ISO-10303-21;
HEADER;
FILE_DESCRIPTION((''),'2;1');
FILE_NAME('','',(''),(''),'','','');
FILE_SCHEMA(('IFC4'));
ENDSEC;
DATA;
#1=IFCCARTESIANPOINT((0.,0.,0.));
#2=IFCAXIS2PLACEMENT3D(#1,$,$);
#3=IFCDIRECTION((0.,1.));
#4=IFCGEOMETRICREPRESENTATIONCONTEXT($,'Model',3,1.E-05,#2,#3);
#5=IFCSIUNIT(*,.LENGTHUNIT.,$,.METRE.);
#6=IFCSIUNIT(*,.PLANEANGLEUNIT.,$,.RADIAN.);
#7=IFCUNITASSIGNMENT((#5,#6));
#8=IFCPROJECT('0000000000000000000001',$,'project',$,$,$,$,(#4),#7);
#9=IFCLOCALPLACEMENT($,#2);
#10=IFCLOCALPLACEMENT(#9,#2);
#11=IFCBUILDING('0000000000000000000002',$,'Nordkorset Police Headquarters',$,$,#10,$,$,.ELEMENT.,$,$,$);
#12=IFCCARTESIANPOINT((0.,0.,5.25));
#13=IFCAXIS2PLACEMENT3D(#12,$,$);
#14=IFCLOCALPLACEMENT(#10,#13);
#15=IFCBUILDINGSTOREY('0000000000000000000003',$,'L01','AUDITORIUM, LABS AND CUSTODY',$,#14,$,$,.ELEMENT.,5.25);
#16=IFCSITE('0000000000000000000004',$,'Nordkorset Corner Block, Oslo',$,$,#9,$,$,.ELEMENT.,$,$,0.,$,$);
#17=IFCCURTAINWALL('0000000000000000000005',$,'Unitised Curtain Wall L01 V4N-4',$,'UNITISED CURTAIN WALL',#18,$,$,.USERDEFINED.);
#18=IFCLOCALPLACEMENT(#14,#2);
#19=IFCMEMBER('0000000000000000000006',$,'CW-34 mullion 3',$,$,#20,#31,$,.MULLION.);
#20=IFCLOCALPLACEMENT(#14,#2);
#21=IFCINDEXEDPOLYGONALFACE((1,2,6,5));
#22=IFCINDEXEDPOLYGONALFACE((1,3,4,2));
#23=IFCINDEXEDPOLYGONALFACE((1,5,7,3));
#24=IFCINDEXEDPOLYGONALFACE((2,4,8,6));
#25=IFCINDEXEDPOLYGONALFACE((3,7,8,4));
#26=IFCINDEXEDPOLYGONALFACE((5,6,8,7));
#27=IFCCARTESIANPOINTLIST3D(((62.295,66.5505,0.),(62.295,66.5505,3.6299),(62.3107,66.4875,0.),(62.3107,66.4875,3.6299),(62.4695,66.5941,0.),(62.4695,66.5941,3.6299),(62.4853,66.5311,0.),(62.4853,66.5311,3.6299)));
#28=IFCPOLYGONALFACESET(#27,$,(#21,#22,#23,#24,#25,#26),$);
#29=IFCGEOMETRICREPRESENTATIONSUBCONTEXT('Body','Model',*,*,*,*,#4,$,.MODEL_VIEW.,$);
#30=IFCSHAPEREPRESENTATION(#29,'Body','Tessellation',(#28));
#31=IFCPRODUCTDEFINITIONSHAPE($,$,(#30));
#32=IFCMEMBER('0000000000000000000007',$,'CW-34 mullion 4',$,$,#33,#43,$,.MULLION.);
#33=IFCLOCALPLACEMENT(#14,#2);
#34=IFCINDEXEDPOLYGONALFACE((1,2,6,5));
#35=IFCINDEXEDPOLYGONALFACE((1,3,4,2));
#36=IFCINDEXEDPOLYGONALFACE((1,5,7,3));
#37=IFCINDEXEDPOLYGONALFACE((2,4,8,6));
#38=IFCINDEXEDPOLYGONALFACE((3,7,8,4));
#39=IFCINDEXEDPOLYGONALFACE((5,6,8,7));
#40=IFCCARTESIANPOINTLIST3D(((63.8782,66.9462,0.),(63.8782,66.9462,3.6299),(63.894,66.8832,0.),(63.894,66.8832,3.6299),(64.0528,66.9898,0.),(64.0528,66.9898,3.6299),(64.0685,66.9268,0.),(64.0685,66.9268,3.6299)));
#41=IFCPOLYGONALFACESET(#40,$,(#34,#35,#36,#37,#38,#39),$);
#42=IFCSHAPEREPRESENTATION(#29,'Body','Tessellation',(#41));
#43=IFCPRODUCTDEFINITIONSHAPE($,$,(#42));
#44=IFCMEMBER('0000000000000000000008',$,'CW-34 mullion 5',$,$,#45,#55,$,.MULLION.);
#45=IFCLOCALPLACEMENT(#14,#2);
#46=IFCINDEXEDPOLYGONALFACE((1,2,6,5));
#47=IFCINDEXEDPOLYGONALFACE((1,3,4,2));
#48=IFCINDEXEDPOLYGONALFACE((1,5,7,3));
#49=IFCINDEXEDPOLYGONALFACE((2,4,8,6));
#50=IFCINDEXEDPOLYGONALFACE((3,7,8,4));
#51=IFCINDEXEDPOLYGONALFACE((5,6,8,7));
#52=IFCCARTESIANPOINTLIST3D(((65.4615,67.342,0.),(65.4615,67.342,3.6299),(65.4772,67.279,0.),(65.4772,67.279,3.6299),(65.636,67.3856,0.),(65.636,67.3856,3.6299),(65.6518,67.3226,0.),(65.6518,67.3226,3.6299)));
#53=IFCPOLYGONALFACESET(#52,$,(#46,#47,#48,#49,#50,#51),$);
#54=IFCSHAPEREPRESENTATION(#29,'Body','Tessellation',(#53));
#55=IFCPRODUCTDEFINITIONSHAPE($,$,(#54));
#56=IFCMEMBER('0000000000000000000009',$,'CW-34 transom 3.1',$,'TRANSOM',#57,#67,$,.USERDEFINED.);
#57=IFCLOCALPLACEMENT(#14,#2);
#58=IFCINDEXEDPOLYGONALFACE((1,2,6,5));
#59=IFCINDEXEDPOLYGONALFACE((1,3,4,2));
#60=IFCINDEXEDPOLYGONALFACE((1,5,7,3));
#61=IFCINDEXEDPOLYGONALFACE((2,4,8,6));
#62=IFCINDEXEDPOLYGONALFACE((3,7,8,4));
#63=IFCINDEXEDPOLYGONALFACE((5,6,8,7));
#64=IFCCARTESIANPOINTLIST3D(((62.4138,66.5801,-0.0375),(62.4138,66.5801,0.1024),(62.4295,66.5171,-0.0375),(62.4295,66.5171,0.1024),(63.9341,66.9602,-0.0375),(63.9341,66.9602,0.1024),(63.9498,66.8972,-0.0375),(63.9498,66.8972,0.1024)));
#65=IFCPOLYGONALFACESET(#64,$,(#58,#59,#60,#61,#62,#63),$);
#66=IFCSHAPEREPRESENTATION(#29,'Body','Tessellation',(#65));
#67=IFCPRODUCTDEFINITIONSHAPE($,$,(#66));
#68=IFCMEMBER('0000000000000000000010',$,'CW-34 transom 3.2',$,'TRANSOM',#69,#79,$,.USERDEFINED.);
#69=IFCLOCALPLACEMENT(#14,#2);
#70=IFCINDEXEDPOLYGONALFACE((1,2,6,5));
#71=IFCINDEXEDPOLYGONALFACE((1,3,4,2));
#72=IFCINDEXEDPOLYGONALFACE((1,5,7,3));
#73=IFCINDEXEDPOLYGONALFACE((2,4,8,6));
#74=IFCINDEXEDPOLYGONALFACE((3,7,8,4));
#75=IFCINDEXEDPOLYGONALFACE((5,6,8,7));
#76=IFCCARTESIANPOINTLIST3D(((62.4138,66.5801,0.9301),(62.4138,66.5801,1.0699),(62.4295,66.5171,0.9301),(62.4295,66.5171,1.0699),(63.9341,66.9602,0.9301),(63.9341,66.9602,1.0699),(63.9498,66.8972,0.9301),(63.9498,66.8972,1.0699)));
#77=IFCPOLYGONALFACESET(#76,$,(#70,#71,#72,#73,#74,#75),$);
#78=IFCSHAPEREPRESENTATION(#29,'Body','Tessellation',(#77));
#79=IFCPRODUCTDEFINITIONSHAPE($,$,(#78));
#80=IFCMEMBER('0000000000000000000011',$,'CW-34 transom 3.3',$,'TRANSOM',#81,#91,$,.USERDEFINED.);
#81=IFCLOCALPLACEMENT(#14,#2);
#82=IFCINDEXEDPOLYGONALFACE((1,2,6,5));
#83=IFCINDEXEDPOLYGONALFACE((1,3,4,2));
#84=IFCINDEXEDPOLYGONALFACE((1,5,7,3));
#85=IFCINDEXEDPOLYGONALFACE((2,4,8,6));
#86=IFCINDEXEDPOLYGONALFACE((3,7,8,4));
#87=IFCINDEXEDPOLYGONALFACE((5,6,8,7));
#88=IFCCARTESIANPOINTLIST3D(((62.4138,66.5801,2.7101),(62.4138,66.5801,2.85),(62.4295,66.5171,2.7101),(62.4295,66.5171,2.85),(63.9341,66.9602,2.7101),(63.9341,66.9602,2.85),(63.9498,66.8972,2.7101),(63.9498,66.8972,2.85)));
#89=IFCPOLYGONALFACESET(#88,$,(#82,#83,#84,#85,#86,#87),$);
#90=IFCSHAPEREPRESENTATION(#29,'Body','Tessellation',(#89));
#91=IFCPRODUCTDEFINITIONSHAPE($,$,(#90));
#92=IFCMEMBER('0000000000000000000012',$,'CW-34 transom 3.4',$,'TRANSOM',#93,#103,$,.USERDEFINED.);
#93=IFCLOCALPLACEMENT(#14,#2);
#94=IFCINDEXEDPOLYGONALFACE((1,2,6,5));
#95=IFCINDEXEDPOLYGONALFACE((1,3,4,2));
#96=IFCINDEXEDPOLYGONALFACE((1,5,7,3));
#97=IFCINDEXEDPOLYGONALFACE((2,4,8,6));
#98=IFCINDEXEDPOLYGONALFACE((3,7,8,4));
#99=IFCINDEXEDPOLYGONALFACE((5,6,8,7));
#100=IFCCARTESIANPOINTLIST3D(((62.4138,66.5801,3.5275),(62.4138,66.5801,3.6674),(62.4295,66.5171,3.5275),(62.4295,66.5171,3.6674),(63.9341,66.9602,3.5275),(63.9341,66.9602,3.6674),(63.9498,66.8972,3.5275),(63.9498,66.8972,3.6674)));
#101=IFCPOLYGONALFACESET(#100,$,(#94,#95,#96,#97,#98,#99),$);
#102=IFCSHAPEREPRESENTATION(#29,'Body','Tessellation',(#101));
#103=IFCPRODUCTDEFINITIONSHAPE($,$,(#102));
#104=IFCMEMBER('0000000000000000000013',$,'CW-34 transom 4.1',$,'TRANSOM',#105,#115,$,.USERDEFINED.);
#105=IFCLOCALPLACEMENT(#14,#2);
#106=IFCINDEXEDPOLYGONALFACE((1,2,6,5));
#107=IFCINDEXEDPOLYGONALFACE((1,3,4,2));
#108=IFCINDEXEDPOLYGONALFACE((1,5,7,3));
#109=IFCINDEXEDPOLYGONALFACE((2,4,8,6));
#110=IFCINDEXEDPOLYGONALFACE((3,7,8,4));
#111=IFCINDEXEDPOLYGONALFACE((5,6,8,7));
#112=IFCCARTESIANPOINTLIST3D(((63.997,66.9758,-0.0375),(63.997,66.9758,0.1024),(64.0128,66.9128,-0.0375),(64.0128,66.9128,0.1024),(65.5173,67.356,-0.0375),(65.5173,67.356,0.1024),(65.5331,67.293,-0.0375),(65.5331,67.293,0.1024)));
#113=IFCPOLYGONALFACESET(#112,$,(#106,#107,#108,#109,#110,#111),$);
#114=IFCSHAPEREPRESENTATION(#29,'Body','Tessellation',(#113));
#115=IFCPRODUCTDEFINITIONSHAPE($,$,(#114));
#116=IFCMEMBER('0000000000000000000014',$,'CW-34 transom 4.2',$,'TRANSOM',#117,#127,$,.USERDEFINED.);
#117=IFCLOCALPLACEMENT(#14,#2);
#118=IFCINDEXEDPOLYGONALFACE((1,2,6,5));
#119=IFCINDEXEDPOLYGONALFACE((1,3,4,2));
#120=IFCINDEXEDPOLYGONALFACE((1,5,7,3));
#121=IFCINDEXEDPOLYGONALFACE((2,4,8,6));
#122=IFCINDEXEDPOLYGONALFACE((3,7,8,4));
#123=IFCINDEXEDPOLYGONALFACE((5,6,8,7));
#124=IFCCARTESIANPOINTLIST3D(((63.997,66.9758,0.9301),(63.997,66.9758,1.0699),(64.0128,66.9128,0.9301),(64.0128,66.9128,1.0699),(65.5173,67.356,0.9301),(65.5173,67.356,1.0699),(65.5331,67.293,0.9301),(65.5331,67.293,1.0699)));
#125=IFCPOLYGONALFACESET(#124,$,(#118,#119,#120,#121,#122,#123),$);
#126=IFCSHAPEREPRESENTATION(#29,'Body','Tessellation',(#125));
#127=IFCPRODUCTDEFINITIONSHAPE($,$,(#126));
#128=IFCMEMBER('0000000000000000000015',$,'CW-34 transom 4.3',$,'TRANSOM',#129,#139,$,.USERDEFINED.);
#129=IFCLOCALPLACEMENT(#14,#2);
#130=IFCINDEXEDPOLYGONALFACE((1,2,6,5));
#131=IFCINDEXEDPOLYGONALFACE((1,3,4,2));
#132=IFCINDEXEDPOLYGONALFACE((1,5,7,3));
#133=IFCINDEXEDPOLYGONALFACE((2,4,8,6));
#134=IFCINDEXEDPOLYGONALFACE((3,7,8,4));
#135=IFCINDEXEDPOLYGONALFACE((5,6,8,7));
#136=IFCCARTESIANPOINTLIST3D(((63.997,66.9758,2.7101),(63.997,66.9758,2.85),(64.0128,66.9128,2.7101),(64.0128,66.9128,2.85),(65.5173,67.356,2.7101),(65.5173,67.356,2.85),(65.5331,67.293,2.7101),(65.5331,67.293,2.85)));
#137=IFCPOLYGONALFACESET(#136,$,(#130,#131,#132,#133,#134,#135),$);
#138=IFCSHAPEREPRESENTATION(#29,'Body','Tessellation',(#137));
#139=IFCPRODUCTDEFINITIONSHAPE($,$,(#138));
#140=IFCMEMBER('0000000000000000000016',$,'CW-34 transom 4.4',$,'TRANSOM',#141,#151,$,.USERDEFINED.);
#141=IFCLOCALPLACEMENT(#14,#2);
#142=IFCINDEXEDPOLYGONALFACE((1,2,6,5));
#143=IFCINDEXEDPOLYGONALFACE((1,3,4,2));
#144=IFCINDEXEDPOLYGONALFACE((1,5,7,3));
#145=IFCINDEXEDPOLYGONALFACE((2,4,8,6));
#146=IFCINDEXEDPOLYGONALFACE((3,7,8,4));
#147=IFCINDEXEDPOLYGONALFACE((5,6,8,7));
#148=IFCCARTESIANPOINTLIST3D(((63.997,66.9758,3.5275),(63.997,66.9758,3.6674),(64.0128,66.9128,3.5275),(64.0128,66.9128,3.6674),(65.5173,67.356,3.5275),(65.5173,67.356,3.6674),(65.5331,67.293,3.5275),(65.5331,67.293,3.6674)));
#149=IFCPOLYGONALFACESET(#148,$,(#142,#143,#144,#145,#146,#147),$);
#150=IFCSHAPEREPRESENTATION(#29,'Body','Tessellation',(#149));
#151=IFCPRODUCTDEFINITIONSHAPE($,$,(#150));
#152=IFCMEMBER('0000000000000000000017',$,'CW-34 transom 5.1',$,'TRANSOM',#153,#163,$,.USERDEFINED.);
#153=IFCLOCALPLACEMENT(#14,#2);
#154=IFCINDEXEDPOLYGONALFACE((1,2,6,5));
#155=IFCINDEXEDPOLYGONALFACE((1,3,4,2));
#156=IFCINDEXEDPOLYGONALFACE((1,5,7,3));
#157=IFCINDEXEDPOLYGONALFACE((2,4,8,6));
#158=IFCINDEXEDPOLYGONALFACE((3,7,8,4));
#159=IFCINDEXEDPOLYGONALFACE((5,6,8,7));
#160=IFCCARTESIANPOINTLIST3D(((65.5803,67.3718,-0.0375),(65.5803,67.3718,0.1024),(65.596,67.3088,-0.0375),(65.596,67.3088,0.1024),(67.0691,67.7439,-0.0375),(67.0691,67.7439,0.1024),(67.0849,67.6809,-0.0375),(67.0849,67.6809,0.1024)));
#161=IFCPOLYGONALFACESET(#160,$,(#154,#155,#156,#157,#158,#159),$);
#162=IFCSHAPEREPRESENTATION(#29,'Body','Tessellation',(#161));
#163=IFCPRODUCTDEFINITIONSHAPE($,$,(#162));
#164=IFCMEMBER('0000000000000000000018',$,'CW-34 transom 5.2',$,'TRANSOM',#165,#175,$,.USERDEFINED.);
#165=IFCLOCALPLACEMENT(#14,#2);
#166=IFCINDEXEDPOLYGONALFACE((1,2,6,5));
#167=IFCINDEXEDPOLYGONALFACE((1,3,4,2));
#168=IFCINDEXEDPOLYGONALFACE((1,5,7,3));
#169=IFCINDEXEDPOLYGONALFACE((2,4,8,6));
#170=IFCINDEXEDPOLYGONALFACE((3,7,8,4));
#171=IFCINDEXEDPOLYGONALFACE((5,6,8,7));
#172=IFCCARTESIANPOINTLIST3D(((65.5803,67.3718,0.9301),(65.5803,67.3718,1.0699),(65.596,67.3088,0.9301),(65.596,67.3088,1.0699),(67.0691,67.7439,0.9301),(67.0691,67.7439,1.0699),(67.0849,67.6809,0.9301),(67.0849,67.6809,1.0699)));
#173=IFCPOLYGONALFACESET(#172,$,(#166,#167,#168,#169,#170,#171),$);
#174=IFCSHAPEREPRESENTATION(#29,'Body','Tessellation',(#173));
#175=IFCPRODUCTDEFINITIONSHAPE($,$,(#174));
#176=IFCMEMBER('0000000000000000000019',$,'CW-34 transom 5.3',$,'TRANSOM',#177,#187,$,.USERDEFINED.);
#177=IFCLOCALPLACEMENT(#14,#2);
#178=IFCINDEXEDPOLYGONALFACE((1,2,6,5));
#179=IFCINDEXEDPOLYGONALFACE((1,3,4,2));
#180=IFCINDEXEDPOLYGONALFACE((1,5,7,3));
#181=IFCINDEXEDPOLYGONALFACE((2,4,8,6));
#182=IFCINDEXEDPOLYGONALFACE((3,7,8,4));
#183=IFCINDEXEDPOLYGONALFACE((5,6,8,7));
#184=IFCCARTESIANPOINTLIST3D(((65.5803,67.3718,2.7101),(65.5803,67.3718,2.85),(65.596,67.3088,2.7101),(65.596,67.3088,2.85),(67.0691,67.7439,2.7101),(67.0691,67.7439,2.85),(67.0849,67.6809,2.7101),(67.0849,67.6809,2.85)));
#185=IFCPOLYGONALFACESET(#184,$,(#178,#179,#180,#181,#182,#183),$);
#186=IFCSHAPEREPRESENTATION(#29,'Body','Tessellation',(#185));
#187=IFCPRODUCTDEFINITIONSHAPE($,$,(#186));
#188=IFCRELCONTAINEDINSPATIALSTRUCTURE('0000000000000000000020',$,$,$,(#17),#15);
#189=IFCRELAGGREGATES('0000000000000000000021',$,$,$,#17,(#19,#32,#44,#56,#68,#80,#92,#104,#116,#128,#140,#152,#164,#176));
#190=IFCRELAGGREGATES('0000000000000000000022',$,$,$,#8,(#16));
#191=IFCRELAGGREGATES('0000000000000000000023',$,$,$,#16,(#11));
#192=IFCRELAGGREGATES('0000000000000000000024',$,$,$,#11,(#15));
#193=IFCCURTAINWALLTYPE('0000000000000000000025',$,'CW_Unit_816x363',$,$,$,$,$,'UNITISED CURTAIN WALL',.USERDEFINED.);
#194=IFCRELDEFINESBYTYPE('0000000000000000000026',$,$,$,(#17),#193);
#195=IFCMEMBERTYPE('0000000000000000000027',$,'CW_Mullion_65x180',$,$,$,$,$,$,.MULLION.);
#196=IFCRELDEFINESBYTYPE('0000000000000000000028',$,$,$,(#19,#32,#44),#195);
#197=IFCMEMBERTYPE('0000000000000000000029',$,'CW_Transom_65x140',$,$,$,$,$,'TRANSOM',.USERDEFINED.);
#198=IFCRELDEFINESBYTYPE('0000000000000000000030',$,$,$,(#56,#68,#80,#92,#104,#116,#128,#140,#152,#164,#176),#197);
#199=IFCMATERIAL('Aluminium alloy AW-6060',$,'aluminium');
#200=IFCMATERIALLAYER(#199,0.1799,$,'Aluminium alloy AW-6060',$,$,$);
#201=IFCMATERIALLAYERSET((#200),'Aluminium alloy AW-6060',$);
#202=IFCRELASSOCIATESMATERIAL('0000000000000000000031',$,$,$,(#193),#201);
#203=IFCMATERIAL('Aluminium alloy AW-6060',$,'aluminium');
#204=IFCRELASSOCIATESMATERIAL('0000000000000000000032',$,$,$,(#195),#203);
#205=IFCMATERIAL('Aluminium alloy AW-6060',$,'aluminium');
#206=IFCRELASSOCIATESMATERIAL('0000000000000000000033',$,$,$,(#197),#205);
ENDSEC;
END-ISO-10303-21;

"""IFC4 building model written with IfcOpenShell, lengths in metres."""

from ifc_helpers import new_model, si_unit, direction, frame, origin, origin_2d, place, context, subcontext, project, spatial, rectangle, extrude, material, layer, layer_set, material_profile, profile_set, type_object, element, aggregate, save


model = new_model("IFC4")

# Units and contexts
model_context = context("Model", 3, precision=1e-05, world=origin(), true_north=direction((0.0, 1.0)))
body_context = subcontext(model_context, "Body", "Model", "MODEL_VIEW")
ifc_project = project(units=[si_unit("LENGTHUNIT", "METRE"), si_unit("PLANEANGLEUNIT", "RADIAN")], contexts=[model_context])

# Site, building, storey
site_placement = place(None, origin())
site = spatial("IfcSite", under=ifc_project, at=site_placement, Name="Nordkorset Corner Block, Oslo", CompositionType="ELEMENT", RefElevation=0.0)
building_placement = place(site_placement, origin())
building = spatial("IfcBuilding", under=site, at=building_placement, Name="Nordkorset Police Headquarters", CompositionType="ELEMENT")
storey_placement = place(building_placement, frame((0.0, 0.0, 5.25)))
storey = spatial("IfcBuildingStorey", under=building, at=storey_placement, Name="L01", Description="AUDITORIUM, LABS AND CUSTODY", CompositionType="ELEMENT", Elevation=5.25)

# Curtain wall, members
ifc_material_1 = material(Name="Aluminium alloy AW-6060", Category="aluminium")
ifc_layer_1 = layer(ifc_material_1, 0.1799, Name="Aluminium alloy AW-6060")
ifc_layer_set_1 = layer_set([ifc_layer_1], Name="Aluminium alloy AW-6060")
curtain_wall_type = type_object("IfcCurtainWallType", Name="CW_Unit_816x363", ElementType="UNITISED CURTAIN WALL", PredefinedType="USERDEFINED", material=ifc_layer_set_1)
curtain_wall_placement = place(storey_placement, origin())
curtain_wall = element("IfcCurtainWall", 1, at=curtain_wall_placement, inside=storey, type_object=curtain_wall_type, Name="Unitised Curtain Wall L01 V4N-4", ObjectType="UNITISED CURTAIN WALL", PredefinedType="USERDEFINED")
ifc_material_2 = material(Name="Aluminium alloy AW-6060", Category="aluminium")
ifc_material_profile_1 = material_profile(ifc_material_2, rectangle(XDim=0.0649, YDim=0.1799, at=origin_2d()), Name="ALU MULL 65x180")
ifc_profile_set_1 = profile_set([ifc_material_profile_1], Name="Aluminium alloy AW-6060")
member_type_1 = type_object("IfcMemberType", Name="CW_Mullion_65x180", PredefinedType="MULLION", material=ifc_profile_set_1)
member_1_placement = place(storey_placement, frame((62.3901, 66.5408, 0.0), z_axis=(0.0, 0.0, 1.0), x_axis=(-0.242535, 0.970143, 0.0)))
member_1 = element("IfcMember", 2, at=member_1_placement, type_object=member_type_1, Name="CW-34 mullion 3", PredefinedType="MULLION", context=body_context, shape_type="SweptSolid", body=[
    extrude(rectangle(XDim=0.0649, YDim=0.1799, at=origin_2d()), origin(), (0.0, 0.0, 1.0), 3.6299),
])
member_2_placement = place(storey_placement, frame((63.9734, 66.9365, 0.0), z_axis=(0.0, 0.0, 1.0), x_axis=(-0.242535, 0.970143, 0.0)))
member_2 = element("IfcMember", 3, at=member_2_placement, type_object=member_type_1, Name="CW-34 mullion 4", PredefinedType="MULLION", context=body_context, shape_type="SweptSolid", body=[
    extrude(rectangle(XDim=0.0649, YDim=0.1799, at=origin_2d()), origin(), (0.0, 0.0, 1.0), 3.6299),
])
member_3_placement = place(storey_placement, frame((65.5566, 67.3323, 0.0), z_axis=(0.0, 0.0, 1.0), x_axis=(-0.242535, 0.970143, 0.0)))
member_3 = element("IfcMember", 4, at=member_3_placement, type_object=member_type_1, Name="CW-34 mullion 5", PredefinedType="MULLION", context=body_context, shape_type="SweptSolid", body=[
    extrude(rectangle(XDim=0.0649, YDim=0.1799, at=origin_2d()), origin(), (0.0, 0.0, 1.0), 3.6299),
])
ifc_material_3 = material(Name="Aluminium alloy AW-6060", Category="aluminium")
ifc_material_profile_2 = material_profile(ifc_material_3, rectangle(XDim=0.0649, YDim=0.1399, at=origin_2d()), Name="ALU TRAN 65x140")
ifc_profile_set_2 = profile_set([ifc_material_profile_2], Name="Aluminium alloy AW-6060")
member_type_2 = type_object("IfcMemberType", Name="CW_Transom_65x140", ElementType="TRANSOM", PredefinedType="USERDEFINED", material=ifc_profile_set_2)
member_4_placement = place(storey_placement, frame((62.4216, 66.5486, 0.0325), z_axis=(0.970133, 0.242572, 0.0), x_axis=(-0.242572, 0.970133, 0.0)))
member_4 = element("IfcMember", 5, at=member_4_placement, type_object=member_type_2, Name="CW-34 transom 3.1", ObjectType="TRANSOM", PredefinedType="USERDEFINED", context=body_context, shape_type="SweptSolid", body=[
    extrude(rectangle(XDim=0.0649, YDim=0.1399, at=origin_2d()), origin(), (0.0, 0.0, 1.0), 1.5671),
])
member_5_placement = place(storey_placement, frame((62.4216, 66.5486, 1.0), z_axis=(0.970133, 0.242572, 0.0), x_axis=(-0.242572, 0.970133, 0.0)))
member_5 = element("IfcMember", 6, at=member_5_placement, type_object=member_type_2, Name="CW-34 transom 3.2", ObjectType="TRANSOM", PredefinedType="USERDEFINED", context=body_context, shape_type="SweptSolid", body=[
    extrude(rectangle(XDim=0.0649, YDim=0.1399, at=origin_2d()), origin(), (0.0, 0.0, 1.0), 1.5671),
])
member_6_placement = place(storey_placement, frame((62.4216, 66.5486, 2.78), z_axis=(0.970133, 0.242572, 0.0), x_axis=(-0.242572, 0.970133, 0.0)))
member_6 = element("IfcMember", 7, at=member_6_placement, type_object=member_type_2, Name="CW-34 transom 3.3", ObjectType="TRANSOM", PredefinedType="USERDEFINED", context=body_context, shape_type="SweptSolid", body=[
    extrude(rectangle(XDim=0.0649, YDim=0.1399, at=origin_2d()), origin(), (0.0, 0.0, 1.0), 1.5671),
])
member_7_placement = place(storey_placement, frame((62.4216, 66.5486, 3.5974), z_axis=(0.970133, 0.242572, 0.0), x_axis=(-0.242572, 0.970133, 0.0)))
member_7 = element("IfcMember", 8, at=member_7_placement, type_object=member_type_2, Name="CW-34 transom 3.4", ObjectType="TRANSOM", PredefinedType="USERDEFINED", context=body_context, shape_type="SweptSolid", body=[
    extrude(rectangle(XDim=0.0649, YDim=0.1399, at=origin_2d()), origin(), (0.0, 0.0, 1.0), 1.5671),
])
member_8_placement = place(storey_placement, frame((64.0049, 66.9443, 0.0325), z_axis=(0.970133, 0.242572, 0.0), x_axis=(-0.242572, 0.970133, 0.0)))
member_8 = element("IfcMember", 9, at=member_8_placement, type_object=member_type_2, Name="CW-34 transom 4.1", ObjectType="TRANSOM", PredefinedType="USERDEFINED", context=body_context, shape_type="SweptSolid", body=[
    extrude(rectangle(XDim=0.0649, YDim=0.1399, at=origin_2d()), origin(), (0.0, 0.0, 1.0), 1.5671),
])
member_9_placement = place(storey_placement, frame((64.0049, 66.9443, 1.0), z_axis=(0.970133, 0.242572, 0.0), x_axis=(-0.242572, 0.970133, 0.0)))
member_9 = element("IfcMember", 10, at=member_9_placement, type_object=member_type_2, Name="CW-34 transom 4.2", ObjectType="TRANSOM", PredefinedType="USERDEFINED", context=body_context, shape_type="SweptSolid", body=[
    extrude(rectangle(XDim=0.0649, YDim=0.1399, at=origin_2d()), origin(), (0.0, 0.0, 1.0), 1.5671),
])
member_10_placement = place(storey_placement, frame((64.0049, 66.9443, 2.78), z_axis=(0.970133, 0.242572, 0.0), x_axis=(-0.242572, 0.970133, 0.0)))
member_10 = element("IfcMember", 11, at=member_10_placement, type_object=member_type_2, Name="CW-34 transom 4.3", ObjectType="TRANSOM", PredefinedType="USERDEFINED", context=body_context, shape_type="SweptSolid", body=[
    extrude(rectangle(XDim=0.0649, YDim=0.1399, at=origin_2d()), origin(), (0.0, 0.0, 1.0), 1.5671),
])
member_11_placement = place(storey_placement, frame((64.0049, 66.9443, 3.5974), z_axis=(0.970133, 0.242572, 0.0), x_axis=(-0.242572, 0.970133, 0.0)))
member_11 = element("IfcMember", 12, at=member_11_placement, type_object=member_type_2, Name="CW-34 transom 4.4", ObjectType="TRANSOM", PredefinedType="USERDEFINED", context=body_context, shape_type="SweptSolid", body=[
    extrude(rectangle(XDim=0.0649, YDim=0.1399, at=origin_2d()), origin(), (0.0, 0.0, 1.0), 1.5671),
])
member_12_placement = place(storey_placement, frame((65.5881, 67.3403, 0.0325), z_axis=(0.970161, 0.242461, 0.0), x_axis=(-0.242461, 0.970161, 0.0)))
member_12 = element("IfcMember", 13, at=member_12_placement, type_object=member_type_2, Name="CW-34 transom 5.1", ObjectType="TRANSOM", PredefinedType="USERDEFINED", context=body_context, shape_type="SweptSolid", body=[
    extrude(rectangle(XDim=0.0649, YDim=0.1399, at=origin_2d()), origin(), (0.0, 0.0, 1.0), 1.5347),
])
member_13_placement = place(storey_placement, frame((65.5881, 67.3403, 1.0), z_axis=(0.970161, 0.242461, 0.0), x_axis=(-0.242461, 0.970161, 0.0)))
member_13 = element("IfcMember", 14, at=member_13_placement, type_object=member_type_2, Name="CW-34 transom 5.2", ObjectType="TRANSOM", PredefinedType="USERDEFINED", context=body_context, shape_type="SweptSolid", body=[
    extrude(rectangle(XDim=0.0649, YDim=0.1399, at=origin_2d()), origin(), (0.0, 0.0, 1.0), 1.5347),
])
member_14_placement = place(storey_placement, frame((65.5881, 67.3403, 2.78), z_axis=(0.970161, 0.242461, 0.0), x_axis=(-0.242461, 0.970161, 0.0)))
member_14 = element("IfcMember", 15, at=member_14_placement, type_object=member_type_2, Name="CW-34 transom 5.3", ObjectType="TRANSOM", PredefinedType="USERDEFINED", context=body_context, shape_type="SweptSolid", body=[
    extrude(rectangle(XDim=0.0649, YDim=0.1399, at=origin_2d()), origin(), (0.0, 0.0, 1.0), 1.5347),
])
aggregate(curtain_wall, [member_1, member_2, member_3, member_4, member_5, member_6, member_7, member_8, member_9, member_10, member_11, member_12, member_13, member_14])

save(model, "model.ifc")
